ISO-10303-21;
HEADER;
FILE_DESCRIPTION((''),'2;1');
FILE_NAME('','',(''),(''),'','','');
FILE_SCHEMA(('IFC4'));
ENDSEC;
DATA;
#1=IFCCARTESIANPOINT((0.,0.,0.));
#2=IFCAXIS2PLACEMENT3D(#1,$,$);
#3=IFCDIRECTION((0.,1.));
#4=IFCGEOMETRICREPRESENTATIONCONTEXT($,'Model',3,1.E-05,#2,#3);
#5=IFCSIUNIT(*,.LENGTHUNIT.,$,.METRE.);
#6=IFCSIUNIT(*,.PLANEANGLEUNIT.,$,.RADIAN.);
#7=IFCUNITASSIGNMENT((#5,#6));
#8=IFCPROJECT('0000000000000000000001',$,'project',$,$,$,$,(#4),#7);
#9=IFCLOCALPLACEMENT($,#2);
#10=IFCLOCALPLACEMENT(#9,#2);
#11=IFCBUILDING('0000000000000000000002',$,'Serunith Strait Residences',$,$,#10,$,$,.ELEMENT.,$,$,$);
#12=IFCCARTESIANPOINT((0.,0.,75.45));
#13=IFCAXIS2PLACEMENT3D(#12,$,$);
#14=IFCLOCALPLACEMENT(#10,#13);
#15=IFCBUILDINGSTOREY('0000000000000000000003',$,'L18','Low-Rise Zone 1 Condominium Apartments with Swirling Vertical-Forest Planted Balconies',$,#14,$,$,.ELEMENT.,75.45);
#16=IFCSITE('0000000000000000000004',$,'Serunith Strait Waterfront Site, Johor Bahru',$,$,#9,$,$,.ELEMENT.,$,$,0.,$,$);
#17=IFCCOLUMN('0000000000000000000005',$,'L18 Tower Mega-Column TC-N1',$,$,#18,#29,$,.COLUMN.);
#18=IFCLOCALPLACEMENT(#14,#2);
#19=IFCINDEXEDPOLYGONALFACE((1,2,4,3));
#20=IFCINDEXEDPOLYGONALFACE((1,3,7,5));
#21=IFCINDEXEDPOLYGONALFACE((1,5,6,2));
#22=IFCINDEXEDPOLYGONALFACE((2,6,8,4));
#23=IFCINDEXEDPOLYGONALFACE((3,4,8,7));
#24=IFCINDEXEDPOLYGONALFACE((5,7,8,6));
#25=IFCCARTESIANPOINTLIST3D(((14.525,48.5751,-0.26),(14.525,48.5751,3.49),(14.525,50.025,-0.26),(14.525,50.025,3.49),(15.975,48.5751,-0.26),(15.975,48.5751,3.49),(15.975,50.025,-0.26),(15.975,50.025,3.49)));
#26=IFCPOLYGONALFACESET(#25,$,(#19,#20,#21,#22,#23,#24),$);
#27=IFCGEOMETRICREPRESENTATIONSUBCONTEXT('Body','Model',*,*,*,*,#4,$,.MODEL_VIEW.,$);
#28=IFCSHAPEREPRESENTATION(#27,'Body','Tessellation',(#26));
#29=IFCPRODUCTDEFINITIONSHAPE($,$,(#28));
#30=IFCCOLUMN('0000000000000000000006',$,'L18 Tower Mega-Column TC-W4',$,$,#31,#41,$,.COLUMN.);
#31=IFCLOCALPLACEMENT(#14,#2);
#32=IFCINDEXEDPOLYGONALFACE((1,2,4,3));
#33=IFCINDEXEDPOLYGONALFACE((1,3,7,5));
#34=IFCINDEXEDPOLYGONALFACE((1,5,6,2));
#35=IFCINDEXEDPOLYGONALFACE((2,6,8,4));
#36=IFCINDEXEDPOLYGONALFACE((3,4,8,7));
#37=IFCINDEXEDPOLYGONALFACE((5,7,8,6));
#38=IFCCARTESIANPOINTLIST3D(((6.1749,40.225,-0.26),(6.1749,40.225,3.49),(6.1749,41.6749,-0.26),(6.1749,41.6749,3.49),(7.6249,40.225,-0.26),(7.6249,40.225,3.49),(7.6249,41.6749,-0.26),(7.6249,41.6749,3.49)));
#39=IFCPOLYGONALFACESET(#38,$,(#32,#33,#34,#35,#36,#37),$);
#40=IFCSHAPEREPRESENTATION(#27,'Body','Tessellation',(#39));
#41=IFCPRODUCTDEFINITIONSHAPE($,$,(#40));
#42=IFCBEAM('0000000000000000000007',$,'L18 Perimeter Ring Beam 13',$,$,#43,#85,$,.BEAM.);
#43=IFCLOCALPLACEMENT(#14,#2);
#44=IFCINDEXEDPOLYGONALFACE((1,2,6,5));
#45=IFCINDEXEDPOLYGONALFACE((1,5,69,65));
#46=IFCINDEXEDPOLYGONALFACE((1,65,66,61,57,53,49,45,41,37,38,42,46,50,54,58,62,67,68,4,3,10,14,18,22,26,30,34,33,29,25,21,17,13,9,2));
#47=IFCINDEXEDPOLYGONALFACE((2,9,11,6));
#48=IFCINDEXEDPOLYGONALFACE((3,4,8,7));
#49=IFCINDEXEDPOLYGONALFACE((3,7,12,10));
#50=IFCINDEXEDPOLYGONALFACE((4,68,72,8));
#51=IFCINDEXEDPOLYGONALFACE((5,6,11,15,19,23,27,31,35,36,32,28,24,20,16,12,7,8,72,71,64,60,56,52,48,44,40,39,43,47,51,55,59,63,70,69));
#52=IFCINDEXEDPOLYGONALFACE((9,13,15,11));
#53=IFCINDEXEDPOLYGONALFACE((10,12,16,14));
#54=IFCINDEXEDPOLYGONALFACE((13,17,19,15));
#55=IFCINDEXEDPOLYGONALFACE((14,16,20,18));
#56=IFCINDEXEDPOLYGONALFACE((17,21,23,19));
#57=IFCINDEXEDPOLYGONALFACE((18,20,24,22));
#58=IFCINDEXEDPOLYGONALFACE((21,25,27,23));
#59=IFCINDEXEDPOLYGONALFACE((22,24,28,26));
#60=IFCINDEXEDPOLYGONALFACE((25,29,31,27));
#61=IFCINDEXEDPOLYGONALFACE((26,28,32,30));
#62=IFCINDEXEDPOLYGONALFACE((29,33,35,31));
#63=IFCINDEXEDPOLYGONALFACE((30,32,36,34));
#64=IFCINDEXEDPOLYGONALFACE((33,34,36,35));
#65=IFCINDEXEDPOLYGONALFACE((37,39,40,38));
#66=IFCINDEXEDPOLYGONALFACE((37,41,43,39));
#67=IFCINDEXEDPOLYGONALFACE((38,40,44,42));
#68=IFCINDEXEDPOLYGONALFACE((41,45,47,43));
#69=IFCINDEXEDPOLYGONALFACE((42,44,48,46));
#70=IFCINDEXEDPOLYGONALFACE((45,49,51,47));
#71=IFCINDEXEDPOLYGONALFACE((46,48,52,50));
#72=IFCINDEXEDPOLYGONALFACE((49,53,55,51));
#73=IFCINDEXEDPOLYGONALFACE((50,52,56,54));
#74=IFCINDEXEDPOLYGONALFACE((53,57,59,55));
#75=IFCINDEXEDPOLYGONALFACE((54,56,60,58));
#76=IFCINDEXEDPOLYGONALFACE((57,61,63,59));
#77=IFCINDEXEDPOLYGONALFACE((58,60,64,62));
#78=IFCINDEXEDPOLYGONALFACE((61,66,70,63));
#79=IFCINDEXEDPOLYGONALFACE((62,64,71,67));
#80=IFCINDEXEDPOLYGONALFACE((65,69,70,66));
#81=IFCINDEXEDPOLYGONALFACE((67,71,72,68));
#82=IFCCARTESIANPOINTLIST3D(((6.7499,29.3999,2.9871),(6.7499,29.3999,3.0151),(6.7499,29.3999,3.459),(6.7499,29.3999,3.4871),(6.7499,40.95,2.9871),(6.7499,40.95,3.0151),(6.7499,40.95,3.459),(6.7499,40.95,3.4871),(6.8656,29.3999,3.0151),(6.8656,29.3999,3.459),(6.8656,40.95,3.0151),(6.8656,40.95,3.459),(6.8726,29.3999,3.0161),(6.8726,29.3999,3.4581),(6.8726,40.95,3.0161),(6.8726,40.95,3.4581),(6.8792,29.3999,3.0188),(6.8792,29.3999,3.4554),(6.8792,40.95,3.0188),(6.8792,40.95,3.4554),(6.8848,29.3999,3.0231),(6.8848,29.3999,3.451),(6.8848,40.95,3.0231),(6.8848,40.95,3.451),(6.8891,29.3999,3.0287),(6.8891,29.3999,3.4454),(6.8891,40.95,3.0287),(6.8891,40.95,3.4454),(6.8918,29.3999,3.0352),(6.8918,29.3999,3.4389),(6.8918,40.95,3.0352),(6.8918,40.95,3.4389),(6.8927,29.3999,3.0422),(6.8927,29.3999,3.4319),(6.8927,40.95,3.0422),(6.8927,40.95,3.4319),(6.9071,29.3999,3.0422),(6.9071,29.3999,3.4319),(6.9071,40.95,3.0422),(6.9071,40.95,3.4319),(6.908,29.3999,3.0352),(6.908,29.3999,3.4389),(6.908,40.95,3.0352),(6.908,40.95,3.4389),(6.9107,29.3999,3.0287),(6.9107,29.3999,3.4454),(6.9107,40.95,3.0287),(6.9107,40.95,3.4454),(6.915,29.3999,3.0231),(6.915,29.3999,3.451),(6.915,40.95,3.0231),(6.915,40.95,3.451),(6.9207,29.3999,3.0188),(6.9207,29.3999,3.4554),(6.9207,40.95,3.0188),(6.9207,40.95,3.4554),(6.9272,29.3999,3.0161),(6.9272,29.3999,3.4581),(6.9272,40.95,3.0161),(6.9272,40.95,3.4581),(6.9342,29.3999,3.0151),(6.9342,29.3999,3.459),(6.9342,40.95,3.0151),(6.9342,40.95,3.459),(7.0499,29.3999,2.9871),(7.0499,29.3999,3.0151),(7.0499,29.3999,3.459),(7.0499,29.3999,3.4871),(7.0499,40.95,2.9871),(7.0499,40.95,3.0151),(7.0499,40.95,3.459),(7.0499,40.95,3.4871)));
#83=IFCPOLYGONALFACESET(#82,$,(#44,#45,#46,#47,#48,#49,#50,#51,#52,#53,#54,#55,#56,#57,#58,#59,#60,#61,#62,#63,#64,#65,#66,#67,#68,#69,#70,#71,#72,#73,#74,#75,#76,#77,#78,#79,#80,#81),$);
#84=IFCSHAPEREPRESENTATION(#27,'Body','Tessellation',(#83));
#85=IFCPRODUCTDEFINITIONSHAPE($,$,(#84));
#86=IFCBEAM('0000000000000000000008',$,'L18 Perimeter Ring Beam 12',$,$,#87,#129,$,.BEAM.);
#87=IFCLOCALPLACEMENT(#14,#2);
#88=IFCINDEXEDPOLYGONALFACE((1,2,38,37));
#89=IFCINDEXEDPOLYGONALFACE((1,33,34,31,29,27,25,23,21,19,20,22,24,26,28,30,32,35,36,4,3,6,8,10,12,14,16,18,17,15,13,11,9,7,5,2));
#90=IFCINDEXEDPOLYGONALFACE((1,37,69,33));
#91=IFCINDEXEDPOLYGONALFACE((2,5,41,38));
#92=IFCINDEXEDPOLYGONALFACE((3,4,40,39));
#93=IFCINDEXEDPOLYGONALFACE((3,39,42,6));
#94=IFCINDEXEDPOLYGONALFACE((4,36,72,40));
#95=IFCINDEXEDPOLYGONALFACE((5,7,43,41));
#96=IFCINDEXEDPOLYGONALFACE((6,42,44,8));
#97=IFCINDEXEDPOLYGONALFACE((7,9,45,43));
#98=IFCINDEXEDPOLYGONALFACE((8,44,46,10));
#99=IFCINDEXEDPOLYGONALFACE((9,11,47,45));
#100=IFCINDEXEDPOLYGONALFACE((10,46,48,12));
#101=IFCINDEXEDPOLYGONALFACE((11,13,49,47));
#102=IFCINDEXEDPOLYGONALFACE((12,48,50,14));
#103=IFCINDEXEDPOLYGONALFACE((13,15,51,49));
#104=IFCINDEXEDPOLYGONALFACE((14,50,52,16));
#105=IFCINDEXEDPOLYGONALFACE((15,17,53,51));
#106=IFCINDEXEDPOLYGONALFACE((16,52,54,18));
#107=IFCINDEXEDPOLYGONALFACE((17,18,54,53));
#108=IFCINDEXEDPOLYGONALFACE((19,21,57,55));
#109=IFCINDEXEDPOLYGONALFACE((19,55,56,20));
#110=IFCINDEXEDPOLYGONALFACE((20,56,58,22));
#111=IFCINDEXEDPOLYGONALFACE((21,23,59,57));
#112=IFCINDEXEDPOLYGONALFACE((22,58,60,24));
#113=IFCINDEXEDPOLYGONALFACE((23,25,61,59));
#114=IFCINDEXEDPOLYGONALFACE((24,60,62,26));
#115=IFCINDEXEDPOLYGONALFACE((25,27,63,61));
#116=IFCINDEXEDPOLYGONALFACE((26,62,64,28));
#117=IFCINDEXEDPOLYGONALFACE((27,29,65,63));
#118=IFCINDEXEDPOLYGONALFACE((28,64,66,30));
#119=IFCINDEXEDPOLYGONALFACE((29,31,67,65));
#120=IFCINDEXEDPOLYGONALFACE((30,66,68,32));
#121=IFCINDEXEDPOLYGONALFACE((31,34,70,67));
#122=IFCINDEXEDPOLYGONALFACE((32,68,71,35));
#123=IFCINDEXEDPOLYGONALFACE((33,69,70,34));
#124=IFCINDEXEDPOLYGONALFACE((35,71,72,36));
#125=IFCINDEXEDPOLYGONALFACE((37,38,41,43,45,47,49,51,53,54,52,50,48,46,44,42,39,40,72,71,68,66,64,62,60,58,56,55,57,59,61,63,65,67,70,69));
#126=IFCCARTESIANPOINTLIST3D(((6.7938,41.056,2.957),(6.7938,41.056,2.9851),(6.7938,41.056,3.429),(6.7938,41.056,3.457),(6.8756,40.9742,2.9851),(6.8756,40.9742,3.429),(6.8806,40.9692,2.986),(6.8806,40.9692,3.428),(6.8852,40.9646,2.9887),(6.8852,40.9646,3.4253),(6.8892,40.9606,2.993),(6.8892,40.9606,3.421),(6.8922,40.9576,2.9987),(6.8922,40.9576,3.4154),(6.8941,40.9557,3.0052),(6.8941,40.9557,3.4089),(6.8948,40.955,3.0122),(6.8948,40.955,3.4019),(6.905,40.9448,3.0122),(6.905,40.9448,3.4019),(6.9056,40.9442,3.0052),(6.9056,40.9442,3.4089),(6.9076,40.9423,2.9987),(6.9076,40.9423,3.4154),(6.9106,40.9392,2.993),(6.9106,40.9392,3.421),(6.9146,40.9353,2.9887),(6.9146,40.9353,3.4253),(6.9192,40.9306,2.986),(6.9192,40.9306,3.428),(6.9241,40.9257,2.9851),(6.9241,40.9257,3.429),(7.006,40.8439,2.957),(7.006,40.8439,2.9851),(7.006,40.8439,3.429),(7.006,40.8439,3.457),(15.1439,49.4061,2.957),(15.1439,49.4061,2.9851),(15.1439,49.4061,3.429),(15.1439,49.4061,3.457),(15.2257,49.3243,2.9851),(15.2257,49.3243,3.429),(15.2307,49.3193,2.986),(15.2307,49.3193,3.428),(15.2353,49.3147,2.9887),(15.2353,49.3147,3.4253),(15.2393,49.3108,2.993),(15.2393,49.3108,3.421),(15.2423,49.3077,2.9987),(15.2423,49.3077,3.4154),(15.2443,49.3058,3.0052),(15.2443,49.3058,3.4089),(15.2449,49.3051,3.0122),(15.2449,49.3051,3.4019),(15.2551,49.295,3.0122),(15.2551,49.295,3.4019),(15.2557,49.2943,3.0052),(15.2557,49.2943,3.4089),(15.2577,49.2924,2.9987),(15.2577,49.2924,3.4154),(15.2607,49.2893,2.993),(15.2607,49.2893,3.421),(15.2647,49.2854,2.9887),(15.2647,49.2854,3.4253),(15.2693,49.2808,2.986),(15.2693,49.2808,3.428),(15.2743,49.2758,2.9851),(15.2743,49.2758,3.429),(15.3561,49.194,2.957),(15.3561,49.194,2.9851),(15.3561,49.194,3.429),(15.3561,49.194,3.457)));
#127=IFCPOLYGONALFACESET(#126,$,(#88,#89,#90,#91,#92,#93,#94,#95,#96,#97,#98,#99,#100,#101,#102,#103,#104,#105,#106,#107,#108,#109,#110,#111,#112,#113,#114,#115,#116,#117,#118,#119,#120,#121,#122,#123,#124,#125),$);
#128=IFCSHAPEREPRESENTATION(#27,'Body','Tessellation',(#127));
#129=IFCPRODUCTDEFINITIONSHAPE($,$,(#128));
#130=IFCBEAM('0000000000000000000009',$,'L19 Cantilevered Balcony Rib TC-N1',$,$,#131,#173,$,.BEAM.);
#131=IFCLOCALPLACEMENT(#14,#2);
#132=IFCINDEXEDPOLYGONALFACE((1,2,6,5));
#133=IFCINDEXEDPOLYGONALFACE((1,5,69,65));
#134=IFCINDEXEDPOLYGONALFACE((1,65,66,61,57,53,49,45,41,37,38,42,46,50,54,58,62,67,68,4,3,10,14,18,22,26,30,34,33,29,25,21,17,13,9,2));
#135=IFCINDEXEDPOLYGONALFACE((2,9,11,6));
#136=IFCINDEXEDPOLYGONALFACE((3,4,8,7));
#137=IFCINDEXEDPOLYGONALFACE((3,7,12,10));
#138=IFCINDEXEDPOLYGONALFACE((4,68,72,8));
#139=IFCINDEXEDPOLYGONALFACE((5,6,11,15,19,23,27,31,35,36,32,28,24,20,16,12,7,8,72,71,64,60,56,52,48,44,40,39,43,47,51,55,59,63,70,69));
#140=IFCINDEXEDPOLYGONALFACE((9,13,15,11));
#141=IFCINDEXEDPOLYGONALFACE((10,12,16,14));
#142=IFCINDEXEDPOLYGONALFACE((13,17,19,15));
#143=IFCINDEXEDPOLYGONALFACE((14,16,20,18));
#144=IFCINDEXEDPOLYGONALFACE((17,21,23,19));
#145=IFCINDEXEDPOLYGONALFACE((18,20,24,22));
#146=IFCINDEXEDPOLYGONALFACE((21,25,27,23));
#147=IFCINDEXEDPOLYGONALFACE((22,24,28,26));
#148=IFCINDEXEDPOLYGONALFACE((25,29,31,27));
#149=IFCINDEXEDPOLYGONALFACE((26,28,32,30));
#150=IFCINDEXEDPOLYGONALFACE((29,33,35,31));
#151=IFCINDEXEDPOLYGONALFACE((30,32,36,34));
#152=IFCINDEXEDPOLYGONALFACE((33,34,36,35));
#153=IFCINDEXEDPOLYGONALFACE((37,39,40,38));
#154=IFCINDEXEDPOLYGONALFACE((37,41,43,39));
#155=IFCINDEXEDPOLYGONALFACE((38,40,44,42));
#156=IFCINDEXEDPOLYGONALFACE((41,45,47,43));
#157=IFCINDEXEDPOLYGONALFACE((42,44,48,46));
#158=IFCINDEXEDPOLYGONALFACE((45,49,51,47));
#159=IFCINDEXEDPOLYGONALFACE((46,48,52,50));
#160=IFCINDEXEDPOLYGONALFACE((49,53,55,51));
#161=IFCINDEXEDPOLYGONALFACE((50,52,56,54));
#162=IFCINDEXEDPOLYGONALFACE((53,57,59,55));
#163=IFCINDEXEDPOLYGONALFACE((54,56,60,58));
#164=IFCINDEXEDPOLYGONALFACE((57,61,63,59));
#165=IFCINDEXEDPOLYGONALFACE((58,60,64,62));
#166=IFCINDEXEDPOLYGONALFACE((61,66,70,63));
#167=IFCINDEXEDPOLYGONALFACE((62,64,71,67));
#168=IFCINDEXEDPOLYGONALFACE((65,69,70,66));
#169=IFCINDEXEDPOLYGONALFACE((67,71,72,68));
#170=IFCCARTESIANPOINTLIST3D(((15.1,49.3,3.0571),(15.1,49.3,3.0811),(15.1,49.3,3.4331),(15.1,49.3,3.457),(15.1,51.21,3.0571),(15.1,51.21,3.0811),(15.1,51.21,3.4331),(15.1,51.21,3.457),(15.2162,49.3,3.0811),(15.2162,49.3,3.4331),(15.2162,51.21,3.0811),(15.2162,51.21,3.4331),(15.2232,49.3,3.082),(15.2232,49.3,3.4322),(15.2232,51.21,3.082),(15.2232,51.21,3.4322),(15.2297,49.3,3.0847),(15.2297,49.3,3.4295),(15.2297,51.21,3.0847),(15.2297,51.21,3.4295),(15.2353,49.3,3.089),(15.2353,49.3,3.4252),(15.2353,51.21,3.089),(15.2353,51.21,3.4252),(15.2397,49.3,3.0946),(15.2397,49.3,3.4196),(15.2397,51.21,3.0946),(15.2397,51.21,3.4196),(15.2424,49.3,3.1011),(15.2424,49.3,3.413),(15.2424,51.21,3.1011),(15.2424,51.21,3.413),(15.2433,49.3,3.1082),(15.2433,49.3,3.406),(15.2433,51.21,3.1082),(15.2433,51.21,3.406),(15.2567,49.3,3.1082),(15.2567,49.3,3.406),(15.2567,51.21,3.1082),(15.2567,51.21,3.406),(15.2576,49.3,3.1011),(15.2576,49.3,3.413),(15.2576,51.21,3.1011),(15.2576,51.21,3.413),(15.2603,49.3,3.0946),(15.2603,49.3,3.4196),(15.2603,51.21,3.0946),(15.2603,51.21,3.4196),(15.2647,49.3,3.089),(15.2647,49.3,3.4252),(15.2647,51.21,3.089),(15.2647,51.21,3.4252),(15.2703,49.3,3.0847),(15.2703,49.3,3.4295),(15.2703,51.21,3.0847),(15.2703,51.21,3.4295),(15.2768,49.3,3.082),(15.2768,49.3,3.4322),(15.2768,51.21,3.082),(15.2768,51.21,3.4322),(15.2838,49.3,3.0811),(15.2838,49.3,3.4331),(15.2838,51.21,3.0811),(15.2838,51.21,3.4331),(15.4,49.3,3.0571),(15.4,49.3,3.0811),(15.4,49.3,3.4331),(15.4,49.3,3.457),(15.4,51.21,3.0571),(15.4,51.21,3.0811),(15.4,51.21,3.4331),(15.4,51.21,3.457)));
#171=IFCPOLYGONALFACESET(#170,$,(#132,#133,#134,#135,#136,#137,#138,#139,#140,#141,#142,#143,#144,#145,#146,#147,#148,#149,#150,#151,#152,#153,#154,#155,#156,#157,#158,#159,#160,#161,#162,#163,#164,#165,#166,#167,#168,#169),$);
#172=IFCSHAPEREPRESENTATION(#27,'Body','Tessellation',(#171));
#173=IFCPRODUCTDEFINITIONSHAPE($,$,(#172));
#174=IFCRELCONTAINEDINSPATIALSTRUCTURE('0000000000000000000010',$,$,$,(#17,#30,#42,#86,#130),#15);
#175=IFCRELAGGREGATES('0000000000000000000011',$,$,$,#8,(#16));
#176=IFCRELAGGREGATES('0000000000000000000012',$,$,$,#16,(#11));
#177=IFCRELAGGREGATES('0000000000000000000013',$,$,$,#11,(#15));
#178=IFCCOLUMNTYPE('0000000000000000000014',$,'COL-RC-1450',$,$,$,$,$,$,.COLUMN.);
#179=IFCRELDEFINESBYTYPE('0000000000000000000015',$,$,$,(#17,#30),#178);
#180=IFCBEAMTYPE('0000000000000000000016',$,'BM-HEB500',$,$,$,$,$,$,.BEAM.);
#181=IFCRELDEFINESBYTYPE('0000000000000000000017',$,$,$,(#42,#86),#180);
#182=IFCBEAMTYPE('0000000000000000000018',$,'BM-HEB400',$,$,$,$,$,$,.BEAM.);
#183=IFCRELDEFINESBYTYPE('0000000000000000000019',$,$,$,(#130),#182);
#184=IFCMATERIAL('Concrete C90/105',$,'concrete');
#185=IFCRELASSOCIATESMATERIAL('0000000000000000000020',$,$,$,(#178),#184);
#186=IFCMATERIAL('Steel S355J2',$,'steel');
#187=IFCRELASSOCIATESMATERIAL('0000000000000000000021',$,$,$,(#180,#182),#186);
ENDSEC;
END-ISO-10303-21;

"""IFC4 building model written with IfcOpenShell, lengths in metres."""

from ifc_helpers import new_model, si_unit, direction, frame, origin, origin_2d, place, context, subcontext, project, spatial, rectangle, i_section, extrude, source, transform, mapped, material, material_profile, profile_set, type_object, element, save


model = new_model("IFC4")

# Units and contexts
model_context = context("Model", 3, precision=1e-05, world=origin(), true_north=direction((0.0, 1.0)))
body_context = subcontext(model_context, "Body", "Model", "MODEL_VIEW")
ifc_project = project(units=[si_unit("LENGTHUNIT", "METRE"), si_unit("PLANEANGLEUNIT", "RADIAN")], contexts=[model_context])

# Site, building, storey
site_placement = place(None, origin())
site = spatial("IfcSite", under=ifc_project, at=site_placement, Name="Serunith Strait Waterfront Site, Johor Bahru", CompositionType="ELEMENT", RefElevation=0.0)
building_placement = place(site_placement, origin())
building = spatial("IfcBuilding", under=site, at=building_placement, Name="Serunith Strait Residences", CompositionType="ELEMENT")
storey_placement = place(building_placement, frame((0.0, 0.0, 75.45)))
storey = spatial("IfcBuildingStorey", under=building, at=storey_placement, Name="L18", Description="Low-Rise Zone 1 Condominium Apartments with Swirling Vertical-Forest Planted Balconies", CompositionType="ELEMENT", Elevation=75.45)

# Columns
ifc_material_1 = material(Name="Concrete C90/105", Category="concrete")
ifc_material_profile_1 = material_profile(ifc_material_1, rectangle(XDim=1.45, YDim=1.45, at=origin_2d()), Name="RC 1450x1450")
ifc_profile_set_1 = profile_set([ifc_material_profile_1], Name="Concrete C90/105")
column_type = type_object("IfcColumnType", Name="COL-RC-1450", PredefinedType="COLUMN", material=ifc_profile_set_1)
shared_shape_1 = source(origin(), body_context, "Body", "SweptSolid", [
    extrude(rectangle(XDim=1.45, YDim=1.45, at=origin_2d()), origin(), (0.0, 0.0, 1.0), 3.75),
])
for number, where, z_axis, x_axis, name in (
    (1, (15.25, 49.3, -0.26), (0.0, 0.0, 1.0), (1.0, 0.0, 0.0), "L18 Tower Mega-Column TC-N1"),
    (2, (6.8999, 40.95, -0.26), (0.0, 0.0, 1.0), (1.0, 0.0, 0.0), "L18 Tower Mega-Column TC-W4"),
):
    element("IfcColumn", number, at=place(storey_placement, frame(where, z_axis=z_axis, x_axis=x_axis)), inside=storey, type_object=column_type, Name=name, PredefinedType="COLUMN", context=body_context, shape_type="MappedRepresentation", body=[
        mapped(shared_shape_1, transform((0.0, 0.0, 0.0), scale=1.0)),
    ])

# Beams
ifc_material_2 = material(Name="Steel S355J2", Category="steel")
ifc_material_profile_2 = material_profile(ifc_material_2, i_section(OverallWidth=0.3, OverallDepth=0.5, WebThickness=0.0144, FlangeThickness=0.0281, FilletRadius=0.0271, at=origin_2d()), Name="HEB 500")
ifc_profile_set_2 = profile_set([ifc_material_profile_2], Name="Steel S355J2")
beam_type_1 = type_object("IfcBeamType", Name="BM-HEB500", PredefinedType="BEAM", material=ifc_profile_set_2)
shared_shape_2 = source(origin(), body_context, "Body", "SweptSolid", [
    extrude(i_section(OverallWidth=0.3, OverallDepth=0.5, WebThickness=0.0144, FlangeThickness=0.0281, FilletRadius=0.0271, at=origin_2d()), origin(), (0.0, 0.0, 1.0), 11.55),
])
beam_1_placement = place(storey_placement, frame((6.8999, 40.95, 3.2371), z_axis=(0.0, -1.0, 0.0), x_axis=(1.0, 0.0, 0.0)))
element("IfcBeam", 3, at=beam_1_placement, inside=storey, type_object=beam_type_1, Name="L18 Perimeter Ring Beam 13", PredefinedType="BEAM", context=body_context, shape_type="MappedRepresentation", body=[
    mapped(shared_shape_2, transform((0.0, 0.0, 0.0), scale=1.0)),
])
shared_shape_3 = source(origin(), body_context, "Body", "SweptSolid", [
    extrude(i_section(OverallWidth=0.3, OverallDepth=0.5, WebThickness=0.0144, FlangeThickness=0.0281, FilletRadius=0.0271, at=origin_2d()), origin(), (0.0, 0.0, 1.0), 11.8088),
])
beam_2_placement = place(storey_placement, frame((15.25, 49.3, 3.207), z_axis=(-0.707107, -0.707107, 0.0), x_axis=(0.707107, -0.707107, 0.0)))
element("IfcBeam", 4, at=beam_2_placement, inside=storey, type_object=beam_type_1, Name="L18 Perimeter Ring Beam 12", PredefinedType="BEAM", context=body_context, shape_type="MappedRepresentation", body=[
    mapped(shared_shape_3, transform((0.0, 0.0, 0.0), scale=1.0)),
])
ifc_material_profile_3 = material_profile(ifc_material_2, i_section(OverallWidth=0.3, OverallDepth=0.3999, WebThickness=0.0134, FlangeThickness=0.0239, FilletRadius=0.0271, at=origin_2d()), Name="HEB 400")
ifc_profile_set_3 = profile_set([ifc_material_profile_3], Name="Steel S355J2")
beam_type_2 = type_object("IfcBeamType", Name="BM-HEB400", PredefinedType="BEAM", material=ifc_profile_set_3)
shared_shape_4 = source(origin(), body_context, "Body", "SweptSolid", [
    extrude(i_section(OverallWidth=0.3, OverallDepth=0.3999, WebThickness=0.0134, FlangeThickness=0.0239, FilletRadius=0.0271, at=origin_2d()), origin(), (0.0, 0.0, 1.0), 1.9099),
])
for number, where, z_axis, x_axis, name in (
    (5, (15.25, 49.3, 3.2571), (0.0, 1.0, 0.0), (-1.0, 0.0, 0.0), "L19 Cantilevered Balcony Rib TC-N1"),
):
    element("IfcBeam", number, at=place(storey_placement, frame(where, z_axis=z_axis, x_axis=x_axis)), inside=storey, type_object=beam_type_2, Name=name, PredefinedType="BEAM", context=body_context, shape_type="MappedRepresentation", body=[
        mapped(shared_shape_4, transform((0.0, 0.0, 0.0), scale=1.0)),
    ])

save(model, "model.ifc")
